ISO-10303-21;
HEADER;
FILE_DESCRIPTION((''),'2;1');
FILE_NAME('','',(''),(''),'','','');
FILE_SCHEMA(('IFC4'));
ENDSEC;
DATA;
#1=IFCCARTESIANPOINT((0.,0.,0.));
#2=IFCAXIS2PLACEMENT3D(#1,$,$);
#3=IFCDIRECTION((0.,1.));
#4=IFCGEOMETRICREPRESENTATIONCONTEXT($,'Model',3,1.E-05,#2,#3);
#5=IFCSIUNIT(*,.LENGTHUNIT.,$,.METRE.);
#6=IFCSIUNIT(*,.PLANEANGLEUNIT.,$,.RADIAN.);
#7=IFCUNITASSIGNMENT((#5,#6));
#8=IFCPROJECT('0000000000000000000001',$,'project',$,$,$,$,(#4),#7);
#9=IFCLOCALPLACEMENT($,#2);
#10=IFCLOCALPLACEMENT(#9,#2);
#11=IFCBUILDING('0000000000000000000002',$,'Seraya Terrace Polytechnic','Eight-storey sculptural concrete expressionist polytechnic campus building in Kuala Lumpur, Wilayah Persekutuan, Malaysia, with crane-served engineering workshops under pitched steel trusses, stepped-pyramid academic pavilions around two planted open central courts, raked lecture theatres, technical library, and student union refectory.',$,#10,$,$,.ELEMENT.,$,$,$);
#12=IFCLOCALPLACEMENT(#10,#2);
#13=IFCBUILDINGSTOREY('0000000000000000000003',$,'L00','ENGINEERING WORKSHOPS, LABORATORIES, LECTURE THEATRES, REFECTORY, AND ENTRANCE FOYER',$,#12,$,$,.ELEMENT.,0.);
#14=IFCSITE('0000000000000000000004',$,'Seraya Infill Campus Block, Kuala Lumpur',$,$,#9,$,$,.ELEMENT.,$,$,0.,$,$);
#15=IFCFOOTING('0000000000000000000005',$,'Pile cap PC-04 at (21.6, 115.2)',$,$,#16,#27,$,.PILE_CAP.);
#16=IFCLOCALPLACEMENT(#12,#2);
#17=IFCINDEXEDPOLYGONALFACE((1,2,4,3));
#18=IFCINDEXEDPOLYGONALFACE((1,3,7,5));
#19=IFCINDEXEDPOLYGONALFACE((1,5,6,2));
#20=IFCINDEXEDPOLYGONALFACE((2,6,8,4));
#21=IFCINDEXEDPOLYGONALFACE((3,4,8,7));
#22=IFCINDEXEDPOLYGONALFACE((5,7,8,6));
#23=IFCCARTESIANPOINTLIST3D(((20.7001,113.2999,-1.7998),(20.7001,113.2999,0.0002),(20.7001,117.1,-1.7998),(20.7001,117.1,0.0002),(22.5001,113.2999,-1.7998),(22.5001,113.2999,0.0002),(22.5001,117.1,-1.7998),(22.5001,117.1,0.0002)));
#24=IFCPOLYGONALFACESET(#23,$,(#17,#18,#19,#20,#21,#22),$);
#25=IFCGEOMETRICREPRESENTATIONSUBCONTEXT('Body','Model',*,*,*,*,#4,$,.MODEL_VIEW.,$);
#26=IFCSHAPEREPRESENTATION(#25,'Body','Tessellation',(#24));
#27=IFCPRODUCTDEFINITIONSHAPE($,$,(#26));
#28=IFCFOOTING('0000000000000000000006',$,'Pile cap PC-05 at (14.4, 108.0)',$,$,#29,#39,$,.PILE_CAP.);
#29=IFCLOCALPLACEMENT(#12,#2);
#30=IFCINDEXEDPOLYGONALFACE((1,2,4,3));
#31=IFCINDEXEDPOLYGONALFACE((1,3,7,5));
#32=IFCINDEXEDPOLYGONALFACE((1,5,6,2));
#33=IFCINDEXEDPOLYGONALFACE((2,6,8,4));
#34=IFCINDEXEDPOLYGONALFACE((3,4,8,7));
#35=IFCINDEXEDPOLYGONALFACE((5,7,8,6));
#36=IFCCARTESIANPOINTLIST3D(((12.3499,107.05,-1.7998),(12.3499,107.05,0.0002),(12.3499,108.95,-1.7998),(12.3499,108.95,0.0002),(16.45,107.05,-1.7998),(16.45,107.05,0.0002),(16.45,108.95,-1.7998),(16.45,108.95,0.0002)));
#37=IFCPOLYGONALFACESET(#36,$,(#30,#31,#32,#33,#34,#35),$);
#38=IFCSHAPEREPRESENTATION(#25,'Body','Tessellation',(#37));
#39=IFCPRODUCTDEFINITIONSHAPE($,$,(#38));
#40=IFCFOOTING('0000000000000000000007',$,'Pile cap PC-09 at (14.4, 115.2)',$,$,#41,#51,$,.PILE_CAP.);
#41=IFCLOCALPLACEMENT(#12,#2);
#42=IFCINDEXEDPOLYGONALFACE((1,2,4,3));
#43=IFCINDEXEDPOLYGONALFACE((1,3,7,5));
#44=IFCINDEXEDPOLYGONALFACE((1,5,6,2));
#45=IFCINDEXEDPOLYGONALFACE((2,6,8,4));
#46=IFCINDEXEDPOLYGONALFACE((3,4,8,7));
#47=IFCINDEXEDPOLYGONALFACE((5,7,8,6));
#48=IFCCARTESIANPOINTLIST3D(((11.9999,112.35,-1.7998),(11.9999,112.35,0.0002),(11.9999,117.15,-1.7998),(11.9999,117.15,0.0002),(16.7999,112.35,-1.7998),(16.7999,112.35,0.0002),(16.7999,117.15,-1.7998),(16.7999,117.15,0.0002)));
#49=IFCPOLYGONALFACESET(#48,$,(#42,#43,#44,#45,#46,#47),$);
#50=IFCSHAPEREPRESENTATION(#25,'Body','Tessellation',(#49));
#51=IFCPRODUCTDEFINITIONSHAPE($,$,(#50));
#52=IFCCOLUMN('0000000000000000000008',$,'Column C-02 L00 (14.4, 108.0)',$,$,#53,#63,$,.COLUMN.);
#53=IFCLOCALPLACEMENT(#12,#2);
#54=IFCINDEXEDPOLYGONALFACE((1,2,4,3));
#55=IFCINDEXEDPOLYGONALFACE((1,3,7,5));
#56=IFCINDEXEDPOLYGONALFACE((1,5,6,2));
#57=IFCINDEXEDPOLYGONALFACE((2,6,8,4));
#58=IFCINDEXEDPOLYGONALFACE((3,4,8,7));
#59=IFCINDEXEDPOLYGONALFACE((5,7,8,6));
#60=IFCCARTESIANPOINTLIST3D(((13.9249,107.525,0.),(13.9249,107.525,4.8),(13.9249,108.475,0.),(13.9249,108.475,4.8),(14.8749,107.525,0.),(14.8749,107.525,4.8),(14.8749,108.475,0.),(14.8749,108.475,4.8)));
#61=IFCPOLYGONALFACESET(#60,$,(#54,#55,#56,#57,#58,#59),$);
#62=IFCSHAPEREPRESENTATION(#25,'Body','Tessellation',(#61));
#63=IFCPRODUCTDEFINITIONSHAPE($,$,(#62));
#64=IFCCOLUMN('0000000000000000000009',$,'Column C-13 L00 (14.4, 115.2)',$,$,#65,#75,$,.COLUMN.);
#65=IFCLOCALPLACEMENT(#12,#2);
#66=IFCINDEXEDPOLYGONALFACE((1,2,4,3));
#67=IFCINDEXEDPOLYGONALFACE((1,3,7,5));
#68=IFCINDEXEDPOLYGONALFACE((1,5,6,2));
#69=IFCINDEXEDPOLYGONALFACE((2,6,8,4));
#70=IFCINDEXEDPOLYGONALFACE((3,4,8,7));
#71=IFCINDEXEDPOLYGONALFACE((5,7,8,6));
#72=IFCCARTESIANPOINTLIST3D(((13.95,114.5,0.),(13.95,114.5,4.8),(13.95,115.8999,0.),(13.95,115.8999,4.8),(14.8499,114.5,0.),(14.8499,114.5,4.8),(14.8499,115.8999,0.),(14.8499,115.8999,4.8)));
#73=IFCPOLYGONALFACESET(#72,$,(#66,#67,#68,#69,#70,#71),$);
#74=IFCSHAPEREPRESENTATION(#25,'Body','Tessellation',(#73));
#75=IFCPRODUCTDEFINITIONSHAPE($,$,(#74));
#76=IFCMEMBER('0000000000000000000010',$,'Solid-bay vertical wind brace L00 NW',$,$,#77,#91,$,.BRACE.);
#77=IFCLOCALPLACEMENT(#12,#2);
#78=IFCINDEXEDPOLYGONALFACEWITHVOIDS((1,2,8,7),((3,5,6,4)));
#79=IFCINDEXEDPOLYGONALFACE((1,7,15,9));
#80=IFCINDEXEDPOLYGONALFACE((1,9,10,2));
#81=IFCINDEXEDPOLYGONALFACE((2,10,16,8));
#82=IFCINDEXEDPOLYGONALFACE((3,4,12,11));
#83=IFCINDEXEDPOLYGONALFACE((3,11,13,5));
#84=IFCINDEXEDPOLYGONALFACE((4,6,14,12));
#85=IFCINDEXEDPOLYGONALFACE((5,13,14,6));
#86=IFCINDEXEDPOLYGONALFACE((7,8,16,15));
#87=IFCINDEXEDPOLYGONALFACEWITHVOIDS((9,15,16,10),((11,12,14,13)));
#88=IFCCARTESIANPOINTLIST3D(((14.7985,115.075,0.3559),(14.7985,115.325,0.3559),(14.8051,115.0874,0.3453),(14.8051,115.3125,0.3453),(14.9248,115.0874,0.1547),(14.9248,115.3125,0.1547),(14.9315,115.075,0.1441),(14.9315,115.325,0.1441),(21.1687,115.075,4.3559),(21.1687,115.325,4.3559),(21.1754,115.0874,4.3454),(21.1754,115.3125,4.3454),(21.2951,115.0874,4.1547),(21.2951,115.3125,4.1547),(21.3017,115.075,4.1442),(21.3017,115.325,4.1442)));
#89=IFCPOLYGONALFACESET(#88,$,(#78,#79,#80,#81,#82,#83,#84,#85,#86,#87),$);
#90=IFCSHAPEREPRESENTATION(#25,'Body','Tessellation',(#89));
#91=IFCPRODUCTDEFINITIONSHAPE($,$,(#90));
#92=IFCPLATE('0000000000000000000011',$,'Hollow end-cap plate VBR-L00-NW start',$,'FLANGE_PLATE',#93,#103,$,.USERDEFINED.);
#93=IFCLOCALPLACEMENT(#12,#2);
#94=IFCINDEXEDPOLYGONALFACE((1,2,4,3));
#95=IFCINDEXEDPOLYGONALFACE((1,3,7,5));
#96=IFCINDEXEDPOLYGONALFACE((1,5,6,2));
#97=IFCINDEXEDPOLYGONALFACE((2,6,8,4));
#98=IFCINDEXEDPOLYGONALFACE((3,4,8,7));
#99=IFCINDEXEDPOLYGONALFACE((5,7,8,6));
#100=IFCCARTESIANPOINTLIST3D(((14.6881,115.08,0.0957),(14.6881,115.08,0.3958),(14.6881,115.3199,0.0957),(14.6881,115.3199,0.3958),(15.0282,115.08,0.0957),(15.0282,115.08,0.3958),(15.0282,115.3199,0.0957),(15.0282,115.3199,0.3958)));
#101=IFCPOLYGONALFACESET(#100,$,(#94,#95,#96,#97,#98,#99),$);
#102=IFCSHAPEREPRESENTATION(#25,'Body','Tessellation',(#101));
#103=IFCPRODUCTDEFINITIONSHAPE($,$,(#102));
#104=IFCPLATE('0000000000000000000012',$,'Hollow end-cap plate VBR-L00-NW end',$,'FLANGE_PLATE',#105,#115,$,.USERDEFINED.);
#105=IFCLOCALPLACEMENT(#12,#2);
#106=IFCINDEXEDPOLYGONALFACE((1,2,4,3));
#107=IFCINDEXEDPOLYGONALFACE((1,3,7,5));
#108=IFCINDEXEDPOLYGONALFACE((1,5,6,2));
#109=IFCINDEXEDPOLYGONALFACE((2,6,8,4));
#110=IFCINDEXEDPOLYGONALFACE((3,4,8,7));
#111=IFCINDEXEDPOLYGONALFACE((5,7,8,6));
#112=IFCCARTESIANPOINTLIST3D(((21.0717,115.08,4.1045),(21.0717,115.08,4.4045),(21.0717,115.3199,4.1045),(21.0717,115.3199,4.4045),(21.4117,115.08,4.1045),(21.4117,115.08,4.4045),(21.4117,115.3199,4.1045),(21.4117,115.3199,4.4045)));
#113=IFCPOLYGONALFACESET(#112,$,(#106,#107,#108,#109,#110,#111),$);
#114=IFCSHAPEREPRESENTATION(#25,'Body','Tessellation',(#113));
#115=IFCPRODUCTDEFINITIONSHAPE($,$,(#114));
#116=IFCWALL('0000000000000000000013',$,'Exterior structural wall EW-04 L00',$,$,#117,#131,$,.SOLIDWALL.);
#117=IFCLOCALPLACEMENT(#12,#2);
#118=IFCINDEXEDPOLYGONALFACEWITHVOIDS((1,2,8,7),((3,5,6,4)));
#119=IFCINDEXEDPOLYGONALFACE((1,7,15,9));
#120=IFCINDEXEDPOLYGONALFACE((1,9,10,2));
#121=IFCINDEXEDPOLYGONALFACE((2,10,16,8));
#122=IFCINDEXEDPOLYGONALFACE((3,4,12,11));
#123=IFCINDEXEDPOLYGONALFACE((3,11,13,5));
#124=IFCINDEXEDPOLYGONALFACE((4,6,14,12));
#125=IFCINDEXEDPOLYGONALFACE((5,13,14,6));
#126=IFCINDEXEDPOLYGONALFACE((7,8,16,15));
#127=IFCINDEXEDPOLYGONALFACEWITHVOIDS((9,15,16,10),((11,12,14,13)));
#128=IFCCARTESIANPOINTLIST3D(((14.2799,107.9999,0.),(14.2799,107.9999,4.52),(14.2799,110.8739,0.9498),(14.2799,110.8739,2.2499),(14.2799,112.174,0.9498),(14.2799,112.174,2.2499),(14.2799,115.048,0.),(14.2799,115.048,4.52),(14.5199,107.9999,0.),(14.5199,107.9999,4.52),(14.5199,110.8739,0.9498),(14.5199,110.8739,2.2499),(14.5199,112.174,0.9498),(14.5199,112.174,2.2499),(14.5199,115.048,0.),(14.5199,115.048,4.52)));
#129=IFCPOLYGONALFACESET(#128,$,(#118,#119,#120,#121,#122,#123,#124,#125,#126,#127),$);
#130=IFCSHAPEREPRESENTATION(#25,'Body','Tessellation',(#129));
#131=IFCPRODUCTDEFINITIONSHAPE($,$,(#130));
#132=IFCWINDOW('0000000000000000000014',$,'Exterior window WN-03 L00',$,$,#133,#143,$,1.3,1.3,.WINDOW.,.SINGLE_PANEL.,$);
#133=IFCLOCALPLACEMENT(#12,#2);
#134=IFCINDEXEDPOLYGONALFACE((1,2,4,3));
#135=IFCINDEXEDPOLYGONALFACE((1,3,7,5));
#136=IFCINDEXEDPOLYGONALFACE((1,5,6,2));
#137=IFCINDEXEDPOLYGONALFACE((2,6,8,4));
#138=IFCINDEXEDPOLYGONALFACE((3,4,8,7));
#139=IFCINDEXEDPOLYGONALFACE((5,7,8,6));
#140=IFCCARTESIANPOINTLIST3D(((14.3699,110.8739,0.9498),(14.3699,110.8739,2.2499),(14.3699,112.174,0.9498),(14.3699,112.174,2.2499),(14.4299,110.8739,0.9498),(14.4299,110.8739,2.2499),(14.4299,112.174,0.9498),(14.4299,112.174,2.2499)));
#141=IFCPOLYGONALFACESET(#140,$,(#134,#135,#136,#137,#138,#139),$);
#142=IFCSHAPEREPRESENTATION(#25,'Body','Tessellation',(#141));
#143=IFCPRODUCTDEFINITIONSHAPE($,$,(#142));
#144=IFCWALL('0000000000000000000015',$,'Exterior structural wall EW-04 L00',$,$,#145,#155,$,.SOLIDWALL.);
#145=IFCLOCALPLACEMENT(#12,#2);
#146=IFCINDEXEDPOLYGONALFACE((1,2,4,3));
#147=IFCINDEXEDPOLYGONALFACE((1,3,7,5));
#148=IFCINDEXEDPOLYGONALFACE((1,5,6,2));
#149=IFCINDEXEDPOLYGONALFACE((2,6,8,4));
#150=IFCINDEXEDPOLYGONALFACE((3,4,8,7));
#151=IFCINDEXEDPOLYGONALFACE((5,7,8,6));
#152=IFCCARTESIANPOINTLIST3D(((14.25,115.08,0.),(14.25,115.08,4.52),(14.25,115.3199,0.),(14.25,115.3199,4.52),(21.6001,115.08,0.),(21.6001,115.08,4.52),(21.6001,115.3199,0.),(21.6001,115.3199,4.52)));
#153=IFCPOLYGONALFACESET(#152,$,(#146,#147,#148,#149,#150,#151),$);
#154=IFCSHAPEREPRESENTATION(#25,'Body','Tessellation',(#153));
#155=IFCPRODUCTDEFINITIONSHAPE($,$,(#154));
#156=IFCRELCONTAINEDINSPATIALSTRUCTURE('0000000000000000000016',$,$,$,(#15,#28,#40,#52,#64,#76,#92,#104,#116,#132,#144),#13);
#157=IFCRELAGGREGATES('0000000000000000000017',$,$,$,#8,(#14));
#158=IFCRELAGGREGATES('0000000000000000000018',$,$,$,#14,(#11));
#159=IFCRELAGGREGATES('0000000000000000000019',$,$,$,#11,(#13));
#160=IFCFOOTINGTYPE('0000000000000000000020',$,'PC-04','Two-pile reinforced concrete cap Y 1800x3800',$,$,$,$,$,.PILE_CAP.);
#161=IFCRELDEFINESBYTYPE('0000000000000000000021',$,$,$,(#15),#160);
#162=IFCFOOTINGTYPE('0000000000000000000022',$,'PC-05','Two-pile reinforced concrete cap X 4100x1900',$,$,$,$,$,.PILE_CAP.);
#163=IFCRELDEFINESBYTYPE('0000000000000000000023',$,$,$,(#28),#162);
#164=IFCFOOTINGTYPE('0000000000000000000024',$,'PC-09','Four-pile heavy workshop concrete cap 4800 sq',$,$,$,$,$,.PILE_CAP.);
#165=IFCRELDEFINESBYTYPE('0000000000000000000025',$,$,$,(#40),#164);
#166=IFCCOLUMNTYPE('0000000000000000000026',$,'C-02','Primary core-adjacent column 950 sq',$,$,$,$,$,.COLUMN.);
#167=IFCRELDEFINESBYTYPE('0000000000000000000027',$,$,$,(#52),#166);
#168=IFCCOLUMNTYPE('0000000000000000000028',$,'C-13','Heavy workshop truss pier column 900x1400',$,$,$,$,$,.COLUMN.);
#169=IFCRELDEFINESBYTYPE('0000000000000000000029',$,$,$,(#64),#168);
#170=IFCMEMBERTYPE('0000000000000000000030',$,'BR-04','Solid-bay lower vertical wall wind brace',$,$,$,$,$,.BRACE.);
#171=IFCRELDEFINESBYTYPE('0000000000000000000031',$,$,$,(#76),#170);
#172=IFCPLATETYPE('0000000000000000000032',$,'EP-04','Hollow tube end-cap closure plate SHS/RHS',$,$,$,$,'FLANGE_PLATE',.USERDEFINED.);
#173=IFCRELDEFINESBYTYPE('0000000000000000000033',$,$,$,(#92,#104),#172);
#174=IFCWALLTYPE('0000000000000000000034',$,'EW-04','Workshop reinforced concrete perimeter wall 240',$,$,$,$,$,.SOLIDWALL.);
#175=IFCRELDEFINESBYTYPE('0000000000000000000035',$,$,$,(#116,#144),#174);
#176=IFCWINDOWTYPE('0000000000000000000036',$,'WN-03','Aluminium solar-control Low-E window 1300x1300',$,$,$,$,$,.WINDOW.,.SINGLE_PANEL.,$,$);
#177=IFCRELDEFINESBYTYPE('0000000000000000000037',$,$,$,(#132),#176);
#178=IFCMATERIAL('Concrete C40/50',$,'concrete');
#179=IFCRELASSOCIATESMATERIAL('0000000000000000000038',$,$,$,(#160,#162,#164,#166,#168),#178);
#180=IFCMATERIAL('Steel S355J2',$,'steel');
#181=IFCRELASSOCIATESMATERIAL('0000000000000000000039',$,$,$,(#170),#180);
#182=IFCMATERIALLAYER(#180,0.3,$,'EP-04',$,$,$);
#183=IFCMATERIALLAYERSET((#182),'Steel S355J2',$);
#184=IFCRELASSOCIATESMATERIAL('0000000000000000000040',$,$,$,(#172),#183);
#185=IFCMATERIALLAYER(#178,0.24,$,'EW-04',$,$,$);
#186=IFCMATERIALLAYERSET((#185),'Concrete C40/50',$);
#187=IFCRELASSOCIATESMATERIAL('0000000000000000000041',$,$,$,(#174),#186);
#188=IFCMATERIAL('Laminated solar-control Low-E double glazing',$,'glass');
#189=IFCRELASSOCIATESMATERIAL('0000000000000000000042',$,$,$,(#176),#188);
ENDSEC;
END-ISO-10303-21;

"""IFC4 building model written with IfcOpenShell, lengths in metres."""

from ifc_helpers import new_model, si_unit, direction, frame, frame_2d, origin, origin_2d, place, context, subcontext, project, spatial, rectangle, hollow_rectangle, extrude, material, layer, layer_set, material_profile, profile_set, type_object, element, fill, save


model = new_model("IFC4")

# Units and contexts
model_context = context("Model", 3, precision=1e-05, world=origin(), true_north=direction((0.0, 1.0)))
body_context = subcontext(model_context, "Body", "Model", "MODEL_VIEW")
ifc_project = project(units=[si_unit("LENGTHUNIT", "METRE"), si_unit("PLANEANGLEUNIT", "RADIAN")], contexts=[model_context])

# Site, building, storey
site_placement = place(None, origin())
site = spatial("IfcSite", under=ifc_project, at=site_placement, Name="Seraya Infill Campus Block, Kuala Lumpur", CompositionType="ELEMENT", RefElevation=0.0)
building_placement = place(site_placement, origin())
building = spatial("IfcBuilding", under=site, at=building_placement, Name="Seraya Terrace Polytechnic", Description="Eight-storey sculptural concrete expressionist polytechnic campus building in Kuala Lumpur, Wilayah Persekutuan, Malaysia, with crane-served engineering workshops under pitched steel trusses, stepped-pyramid academic pavilions around two planted open central courts, raked lecture theatres, technical library, and student union refectory.", CompositionType="ELEMENT")
storey_placement = place(building_placement, origin())
storey = spatial("IfcBuildingStorey", under=building, at=storey_placement, Name="L00", Description="ENGINEERING WORKSHOPS, LABORATORIES, LECTURE THEATRES, REFECTORY, AND ENTRANCE FOYER", CompositionType="ELEMENT", Elevation=0.0)

# Shared definitions
ifc_material_1 = material(Name="Concrete C40/50", Category="concrete")

# Footings
footing_type_1 = type_object("IfcFootingType", Name="PC-04", Description="Two-pile reinforced concrete cap Y 1800x3800", PredefinedType="PILE_CAP", material=ifc_material_1)
footing_1_placement = place(storey_placement, frame((21.6001, 115.2, -1.7998), z_axis=(0.0, 0.0, 1.0), x_axis=(1.0, 0.0, 0.0)))
element("IfcFooting", 1, at=footing_1_placement, inside=storey, type_object=footing_type_1, Name="Pile cap PC-04 at (21.6, 115.2)", PredefinedType="PILE_CAP", context=body_context, shape_type="SweptSolid", body=[
    extrude(rectangle(XDim=1.8, YDim=3.8, at=origin_2d()), origin(), (0.0, 0.0, 1.0), 1.8),
])
footing_type_2 = type_object("IfcFootingType", Name="PC-05", Description="Two-pile reinforced concrete cap X 4100x1900", PredefinedType="PILE_CAP", material=ifc_material_1)
footing_2_placement = place(storey_placement, frame((14.3999, 108.0, -1.7998), z_axis=(0.0, 0.0, 1.0), x_axis=(1.0, 0.0, 0.0)))
element("IfcFooting", 2, at=footing_2_placement, inside=storey, type_object=footing_type_2, Name="Pile cap PC-05 at (14.4, 108.0)", PredefinedType="PILE_CAP", context=body_context, shape_type="SweptSolid", body=[
    extrude(rectangle(XDim=4.1001, YDim=1.8999, at=origin_2d()), origin(), (0.0, 0.0, 1.0), 1.8),
])
footing_type_3 = type_object("IfcFootingType", Name="PC-09", Description="Four-pile heavy workshop concrete cap 4800 sq", PredefinedType="PILE_CAP", material=ifc_material_1)
footing_3_placement = place(storey_placement, frame((14.3999, 114.75, -1.7998), z_axis=(0.0, 0.0, 1.0), x_axis=(1.0, 0.0, 0.0)))
element("IfcFooting", 3, at=footing_3_placement, inside=storey, type_object=footing_type_3, Name="Pile cap PC-09 at (14.4, 115.2)", PredefinedType="PILE_CAP", context=body_context, shape_type="SweptSolid", body=[
    extrude(rectangle(XDim=4.8, YDim=4.8, at=origin_2d()), origin(), (0.0, 0.0, 1.0), 1.8),
])

# Columns
ifc_material_profile_1 = material_profile(ifc_material_1, rectangle(XDim=0.95, YDim=0.95, at=origin_2d()), Name="RC 950x950")
ifc_profile_set_1 = profile_set([ifc_material_profile_1], Name="Concrete C40/50")
column_type_1 = type_object("IfcColumnType", Name="C-02", Description="Primary core-adjacent column 950 sq", PredefinedType="COLUMN", material=ifc_profile_set_1)
column_1_placement = place(storey_placement, frame((14.3999, 108.0, 0.0), z_axis=(0.0, 0.0, 1.0), x_axis=(1.0, 0.0, 0.0)))
element("IfcColumn", 4, at=column_1_placement, inside=storey, type_object=column_type_1, Name="Column C-02 L00 (14.4, 108.0)", PredefinedType="COLUMN", context=body_context, shape_type="SweptSolid", body=[
    extrude(rectangle(XDim=0.95, YDim=0.95, at=origin_2d()), origin(), (0.0, 0.0, 1.0), 4.8),
])
ifc_material_profile_2 = material_profile(ifc_material_1, rectangle(XDim=0.8999, YDim=1.3999, at=origin_2d()), Name="RC 900x1400")
ifc_profile_set_2 = profile_set([ifc_material_profile_2], Name="Concrete C40/50")
column_type_2 = type_object("IfcColumnType", Name="C-13", Description="Heavy workshop truss pier column 900x1400", PredefinedType="COLUMN", material=ifc_profile_set_2)
column_2_placement = place(storey_placement, frame((14.3999, 115.2, 0.0), z_axis=(0.0, 0.0, 1.0), x_axis=(1.0, 0.0, 0.0)))
element("IfcColumn", 5, at=column_2_placement, inside=storey, type_object=column_type_2, Name="Column C-13 L00 (14.4, 115.2)", PredefinedType="COLUMN", context=body_context, shape_type="SweptSolid", body=[
    extrude(rectangle(XDim=0.8999, YDim=1.3999, at=origin_2d()), origin(), (0.0, 0.0, 1.0), 4.8),
])

# Member
ifc_material_2 = material(Name="Steel S355J2", Category="steel")
ifc_material_profile_3 = material_profile(ifc_material_2, hollow_rectangle(XDim=0.25, YDim=0.25, WallThickness=0.0125, at=origin_2d()), Name="SHS 250x250x12.5")
ifc_profile_set_3 = profile_set([ifc_material_profile_3], Name="Steel S355J2")
member_type = type_object("IfcMemberType", Name="BR-04", Description="Solid-bay lower vertical wall wind brace", PredefinedType="BRACE", material=ifc_profile_set_3)
member_placement = place(storey_placement, frame((14.865, 115.2, 0.25), z_axis=(0.84688, 0.0, 0.531783), x_axis=(0.0, 1.0, 0.0)))
element("IfcMember", 6, at=member_placement, inside=storey, type_object=member_type, Name="Solid-bay vertical wind brace L00 NW", PredefinedType="BRACE", context=body_context, shape_type="SweptSolid", body=[
    extrude(hollow_rectangle(XDim=0.25, YDim=0.25, WallThickness=0.0125, at=origin_2d()), origin(), (0.0, 0.0, 1.0), 7.522),
])

# Plates
ifc_layer_1 = layer(ifc_material_2, 0.3, Name="EP-04")
ifc_layer_set_1 = layer_set([ifc_layer_1], Name="Steel S355J2")
plate_type = type_object("IfcPlateType", Name="EP-04", Description="Hollow tube end-cap closure plate SHS/RHS", ElementType="FLANGE_PLATE", PredefinedType="USERDEFINED", material=ifc_layer_set_1)
for number, where, z_axis, x_axis, name in (
    (7, (14.8582, 115.2, 0.0957), (0.0, 0.0, 1.0), (1.0, 0.0, 0.0), "Hollow end-cap plate VBR-L00-NW start"),
    (8, (21.2417, 115.2, 4.1045), (0.0, 0.0, 1.0), (1.0, 0.0, 0.0), "Hollow end-cap plate VBR-L00-NW end"),
):
    element("IfcPlate", number, at=place(storey_placement, frame(where, z_axis=z_axis, x_axis=x_axis)), inside=storey, type_object=plate_type, Name=name, ObjectType="FLANGE_PLATE", PredefinedType="USERDEFINED", context=body_context, shape_type="SweptSolid", body=[
        extrude(rectangle(XDim=0.3401, YDim=0.24, at=origin_2d()), origin(), (0.0, 0.0, 1.0), 0.3),
    ])

# Wall, opening, window
ifc_layer_2 = layer(ifc_material_1, 0.24, Name="EW-04")
ifc_layer_set_2 = layer_set([ifc_layer_2], Name="Concrete C40/50")
wall_type = type_object("IfcWallType", Name="EW-04", Description="Workshop reinforced concrete perimeter wall 240", PredefinedType="SOLIDWALL", material=ifc_layer_set_2)
wall_1_placement = place(storey_placement, frame((14.3999, 108.0, 0.0), z_axis=(0.0, 0.0, 1.0), x_axis=(0.0, 1.0, 0.0)))
wall_1 = element("IfcWall", 9, at=wall_1_placement, inside=storey, type_object=wall_type, Name="Exterior structural wall EW-04 L00", PredefinedType="SOLIDWALL", context=body_context, shape_type="SweptSolid", body=[
    extrude(rectangle(XDim=7.0481, YDim=0.24, at=frame_2d((3.5239, 0.0))), origin(), (0.0, 0.0, 1.0), 4.52),
])
opening_placement = place(wall_1_placement, frame((2.874, 0.0, 0.95)))
opening = element("IfcOpeningElement", 10, at=opening_placement, cuts=wall_1, PredefinedType="OPENING", context=body_context, shape_type="SweptSolid", body=[
    extrude(rectangle(XDim=1.3, YDim=1.3, at=frame_2d((0.6499, 0.6499))), frame((0.0, 0.1318, 0.0), z_axis=(0.0, -1.0, 0.0), x_axis=(1.0, 0.0, 0.0)), (0.0, 0.0, 1.0), 0.2639),
])
ifc_material_3 = material(Name="Laminated solar-control Low-E double glazing", Category="glass")
window_type = type_object("IfcWindowType", Name="WN-03", Description="Aluminium solar-control Low-E window 1300x1300", PartitioningType="SINGLE_PANEL", PredefinedType="WINDOW", material=ifc_material_3)
window_placement = place(opening_placement, origin())
window = element("IfcWindow", 11, at=window_placement, inside=storey, type_object=window_type, Name="Exterior window WN-03 L00", OverallHeight=1.3, OverallWidth=1.3, PartitioningType="SINGLE_PANEL", PredefinedType="WINDOW", context=body_context, shape_type="SweptSolid", body=[
    extrude(rectangle(XDim=1.3, YDim=1.3, at=frame_2d((0.6499, 0.6499))), frame((0.0, 0.03, 0.0), z_axis=(0.0, -1.0, 0.0), x_axis=(1.0, 0.0, 0.0)), (0.0, 0.0, 1.0), 0.0601),
])
fill(opening, window)

# Wall
wall_2_placement = place(storey_placement, frame((14.25, 115.2, 0.0), z_axis=(0.0, 0.0, 1.0), x_axis=(1.0, 0.0, 0.0)))
element("IfcWall", 12, at=wall_2_placement, inside=storey, type_object=wall_type, Name="Exterior structural wall EW-04 L00", PredefinedType="SOLIDWALL", context=body_context, shape_type="SweptSolid", body=[
    extrude(rectangle(XDim=7.3501, YDim=0.24, at=frame_2d((3.675, 0.0))), origin(), (0.0, 0.0, 1.0), 4.52),
])

save(model, "model.ifc")
